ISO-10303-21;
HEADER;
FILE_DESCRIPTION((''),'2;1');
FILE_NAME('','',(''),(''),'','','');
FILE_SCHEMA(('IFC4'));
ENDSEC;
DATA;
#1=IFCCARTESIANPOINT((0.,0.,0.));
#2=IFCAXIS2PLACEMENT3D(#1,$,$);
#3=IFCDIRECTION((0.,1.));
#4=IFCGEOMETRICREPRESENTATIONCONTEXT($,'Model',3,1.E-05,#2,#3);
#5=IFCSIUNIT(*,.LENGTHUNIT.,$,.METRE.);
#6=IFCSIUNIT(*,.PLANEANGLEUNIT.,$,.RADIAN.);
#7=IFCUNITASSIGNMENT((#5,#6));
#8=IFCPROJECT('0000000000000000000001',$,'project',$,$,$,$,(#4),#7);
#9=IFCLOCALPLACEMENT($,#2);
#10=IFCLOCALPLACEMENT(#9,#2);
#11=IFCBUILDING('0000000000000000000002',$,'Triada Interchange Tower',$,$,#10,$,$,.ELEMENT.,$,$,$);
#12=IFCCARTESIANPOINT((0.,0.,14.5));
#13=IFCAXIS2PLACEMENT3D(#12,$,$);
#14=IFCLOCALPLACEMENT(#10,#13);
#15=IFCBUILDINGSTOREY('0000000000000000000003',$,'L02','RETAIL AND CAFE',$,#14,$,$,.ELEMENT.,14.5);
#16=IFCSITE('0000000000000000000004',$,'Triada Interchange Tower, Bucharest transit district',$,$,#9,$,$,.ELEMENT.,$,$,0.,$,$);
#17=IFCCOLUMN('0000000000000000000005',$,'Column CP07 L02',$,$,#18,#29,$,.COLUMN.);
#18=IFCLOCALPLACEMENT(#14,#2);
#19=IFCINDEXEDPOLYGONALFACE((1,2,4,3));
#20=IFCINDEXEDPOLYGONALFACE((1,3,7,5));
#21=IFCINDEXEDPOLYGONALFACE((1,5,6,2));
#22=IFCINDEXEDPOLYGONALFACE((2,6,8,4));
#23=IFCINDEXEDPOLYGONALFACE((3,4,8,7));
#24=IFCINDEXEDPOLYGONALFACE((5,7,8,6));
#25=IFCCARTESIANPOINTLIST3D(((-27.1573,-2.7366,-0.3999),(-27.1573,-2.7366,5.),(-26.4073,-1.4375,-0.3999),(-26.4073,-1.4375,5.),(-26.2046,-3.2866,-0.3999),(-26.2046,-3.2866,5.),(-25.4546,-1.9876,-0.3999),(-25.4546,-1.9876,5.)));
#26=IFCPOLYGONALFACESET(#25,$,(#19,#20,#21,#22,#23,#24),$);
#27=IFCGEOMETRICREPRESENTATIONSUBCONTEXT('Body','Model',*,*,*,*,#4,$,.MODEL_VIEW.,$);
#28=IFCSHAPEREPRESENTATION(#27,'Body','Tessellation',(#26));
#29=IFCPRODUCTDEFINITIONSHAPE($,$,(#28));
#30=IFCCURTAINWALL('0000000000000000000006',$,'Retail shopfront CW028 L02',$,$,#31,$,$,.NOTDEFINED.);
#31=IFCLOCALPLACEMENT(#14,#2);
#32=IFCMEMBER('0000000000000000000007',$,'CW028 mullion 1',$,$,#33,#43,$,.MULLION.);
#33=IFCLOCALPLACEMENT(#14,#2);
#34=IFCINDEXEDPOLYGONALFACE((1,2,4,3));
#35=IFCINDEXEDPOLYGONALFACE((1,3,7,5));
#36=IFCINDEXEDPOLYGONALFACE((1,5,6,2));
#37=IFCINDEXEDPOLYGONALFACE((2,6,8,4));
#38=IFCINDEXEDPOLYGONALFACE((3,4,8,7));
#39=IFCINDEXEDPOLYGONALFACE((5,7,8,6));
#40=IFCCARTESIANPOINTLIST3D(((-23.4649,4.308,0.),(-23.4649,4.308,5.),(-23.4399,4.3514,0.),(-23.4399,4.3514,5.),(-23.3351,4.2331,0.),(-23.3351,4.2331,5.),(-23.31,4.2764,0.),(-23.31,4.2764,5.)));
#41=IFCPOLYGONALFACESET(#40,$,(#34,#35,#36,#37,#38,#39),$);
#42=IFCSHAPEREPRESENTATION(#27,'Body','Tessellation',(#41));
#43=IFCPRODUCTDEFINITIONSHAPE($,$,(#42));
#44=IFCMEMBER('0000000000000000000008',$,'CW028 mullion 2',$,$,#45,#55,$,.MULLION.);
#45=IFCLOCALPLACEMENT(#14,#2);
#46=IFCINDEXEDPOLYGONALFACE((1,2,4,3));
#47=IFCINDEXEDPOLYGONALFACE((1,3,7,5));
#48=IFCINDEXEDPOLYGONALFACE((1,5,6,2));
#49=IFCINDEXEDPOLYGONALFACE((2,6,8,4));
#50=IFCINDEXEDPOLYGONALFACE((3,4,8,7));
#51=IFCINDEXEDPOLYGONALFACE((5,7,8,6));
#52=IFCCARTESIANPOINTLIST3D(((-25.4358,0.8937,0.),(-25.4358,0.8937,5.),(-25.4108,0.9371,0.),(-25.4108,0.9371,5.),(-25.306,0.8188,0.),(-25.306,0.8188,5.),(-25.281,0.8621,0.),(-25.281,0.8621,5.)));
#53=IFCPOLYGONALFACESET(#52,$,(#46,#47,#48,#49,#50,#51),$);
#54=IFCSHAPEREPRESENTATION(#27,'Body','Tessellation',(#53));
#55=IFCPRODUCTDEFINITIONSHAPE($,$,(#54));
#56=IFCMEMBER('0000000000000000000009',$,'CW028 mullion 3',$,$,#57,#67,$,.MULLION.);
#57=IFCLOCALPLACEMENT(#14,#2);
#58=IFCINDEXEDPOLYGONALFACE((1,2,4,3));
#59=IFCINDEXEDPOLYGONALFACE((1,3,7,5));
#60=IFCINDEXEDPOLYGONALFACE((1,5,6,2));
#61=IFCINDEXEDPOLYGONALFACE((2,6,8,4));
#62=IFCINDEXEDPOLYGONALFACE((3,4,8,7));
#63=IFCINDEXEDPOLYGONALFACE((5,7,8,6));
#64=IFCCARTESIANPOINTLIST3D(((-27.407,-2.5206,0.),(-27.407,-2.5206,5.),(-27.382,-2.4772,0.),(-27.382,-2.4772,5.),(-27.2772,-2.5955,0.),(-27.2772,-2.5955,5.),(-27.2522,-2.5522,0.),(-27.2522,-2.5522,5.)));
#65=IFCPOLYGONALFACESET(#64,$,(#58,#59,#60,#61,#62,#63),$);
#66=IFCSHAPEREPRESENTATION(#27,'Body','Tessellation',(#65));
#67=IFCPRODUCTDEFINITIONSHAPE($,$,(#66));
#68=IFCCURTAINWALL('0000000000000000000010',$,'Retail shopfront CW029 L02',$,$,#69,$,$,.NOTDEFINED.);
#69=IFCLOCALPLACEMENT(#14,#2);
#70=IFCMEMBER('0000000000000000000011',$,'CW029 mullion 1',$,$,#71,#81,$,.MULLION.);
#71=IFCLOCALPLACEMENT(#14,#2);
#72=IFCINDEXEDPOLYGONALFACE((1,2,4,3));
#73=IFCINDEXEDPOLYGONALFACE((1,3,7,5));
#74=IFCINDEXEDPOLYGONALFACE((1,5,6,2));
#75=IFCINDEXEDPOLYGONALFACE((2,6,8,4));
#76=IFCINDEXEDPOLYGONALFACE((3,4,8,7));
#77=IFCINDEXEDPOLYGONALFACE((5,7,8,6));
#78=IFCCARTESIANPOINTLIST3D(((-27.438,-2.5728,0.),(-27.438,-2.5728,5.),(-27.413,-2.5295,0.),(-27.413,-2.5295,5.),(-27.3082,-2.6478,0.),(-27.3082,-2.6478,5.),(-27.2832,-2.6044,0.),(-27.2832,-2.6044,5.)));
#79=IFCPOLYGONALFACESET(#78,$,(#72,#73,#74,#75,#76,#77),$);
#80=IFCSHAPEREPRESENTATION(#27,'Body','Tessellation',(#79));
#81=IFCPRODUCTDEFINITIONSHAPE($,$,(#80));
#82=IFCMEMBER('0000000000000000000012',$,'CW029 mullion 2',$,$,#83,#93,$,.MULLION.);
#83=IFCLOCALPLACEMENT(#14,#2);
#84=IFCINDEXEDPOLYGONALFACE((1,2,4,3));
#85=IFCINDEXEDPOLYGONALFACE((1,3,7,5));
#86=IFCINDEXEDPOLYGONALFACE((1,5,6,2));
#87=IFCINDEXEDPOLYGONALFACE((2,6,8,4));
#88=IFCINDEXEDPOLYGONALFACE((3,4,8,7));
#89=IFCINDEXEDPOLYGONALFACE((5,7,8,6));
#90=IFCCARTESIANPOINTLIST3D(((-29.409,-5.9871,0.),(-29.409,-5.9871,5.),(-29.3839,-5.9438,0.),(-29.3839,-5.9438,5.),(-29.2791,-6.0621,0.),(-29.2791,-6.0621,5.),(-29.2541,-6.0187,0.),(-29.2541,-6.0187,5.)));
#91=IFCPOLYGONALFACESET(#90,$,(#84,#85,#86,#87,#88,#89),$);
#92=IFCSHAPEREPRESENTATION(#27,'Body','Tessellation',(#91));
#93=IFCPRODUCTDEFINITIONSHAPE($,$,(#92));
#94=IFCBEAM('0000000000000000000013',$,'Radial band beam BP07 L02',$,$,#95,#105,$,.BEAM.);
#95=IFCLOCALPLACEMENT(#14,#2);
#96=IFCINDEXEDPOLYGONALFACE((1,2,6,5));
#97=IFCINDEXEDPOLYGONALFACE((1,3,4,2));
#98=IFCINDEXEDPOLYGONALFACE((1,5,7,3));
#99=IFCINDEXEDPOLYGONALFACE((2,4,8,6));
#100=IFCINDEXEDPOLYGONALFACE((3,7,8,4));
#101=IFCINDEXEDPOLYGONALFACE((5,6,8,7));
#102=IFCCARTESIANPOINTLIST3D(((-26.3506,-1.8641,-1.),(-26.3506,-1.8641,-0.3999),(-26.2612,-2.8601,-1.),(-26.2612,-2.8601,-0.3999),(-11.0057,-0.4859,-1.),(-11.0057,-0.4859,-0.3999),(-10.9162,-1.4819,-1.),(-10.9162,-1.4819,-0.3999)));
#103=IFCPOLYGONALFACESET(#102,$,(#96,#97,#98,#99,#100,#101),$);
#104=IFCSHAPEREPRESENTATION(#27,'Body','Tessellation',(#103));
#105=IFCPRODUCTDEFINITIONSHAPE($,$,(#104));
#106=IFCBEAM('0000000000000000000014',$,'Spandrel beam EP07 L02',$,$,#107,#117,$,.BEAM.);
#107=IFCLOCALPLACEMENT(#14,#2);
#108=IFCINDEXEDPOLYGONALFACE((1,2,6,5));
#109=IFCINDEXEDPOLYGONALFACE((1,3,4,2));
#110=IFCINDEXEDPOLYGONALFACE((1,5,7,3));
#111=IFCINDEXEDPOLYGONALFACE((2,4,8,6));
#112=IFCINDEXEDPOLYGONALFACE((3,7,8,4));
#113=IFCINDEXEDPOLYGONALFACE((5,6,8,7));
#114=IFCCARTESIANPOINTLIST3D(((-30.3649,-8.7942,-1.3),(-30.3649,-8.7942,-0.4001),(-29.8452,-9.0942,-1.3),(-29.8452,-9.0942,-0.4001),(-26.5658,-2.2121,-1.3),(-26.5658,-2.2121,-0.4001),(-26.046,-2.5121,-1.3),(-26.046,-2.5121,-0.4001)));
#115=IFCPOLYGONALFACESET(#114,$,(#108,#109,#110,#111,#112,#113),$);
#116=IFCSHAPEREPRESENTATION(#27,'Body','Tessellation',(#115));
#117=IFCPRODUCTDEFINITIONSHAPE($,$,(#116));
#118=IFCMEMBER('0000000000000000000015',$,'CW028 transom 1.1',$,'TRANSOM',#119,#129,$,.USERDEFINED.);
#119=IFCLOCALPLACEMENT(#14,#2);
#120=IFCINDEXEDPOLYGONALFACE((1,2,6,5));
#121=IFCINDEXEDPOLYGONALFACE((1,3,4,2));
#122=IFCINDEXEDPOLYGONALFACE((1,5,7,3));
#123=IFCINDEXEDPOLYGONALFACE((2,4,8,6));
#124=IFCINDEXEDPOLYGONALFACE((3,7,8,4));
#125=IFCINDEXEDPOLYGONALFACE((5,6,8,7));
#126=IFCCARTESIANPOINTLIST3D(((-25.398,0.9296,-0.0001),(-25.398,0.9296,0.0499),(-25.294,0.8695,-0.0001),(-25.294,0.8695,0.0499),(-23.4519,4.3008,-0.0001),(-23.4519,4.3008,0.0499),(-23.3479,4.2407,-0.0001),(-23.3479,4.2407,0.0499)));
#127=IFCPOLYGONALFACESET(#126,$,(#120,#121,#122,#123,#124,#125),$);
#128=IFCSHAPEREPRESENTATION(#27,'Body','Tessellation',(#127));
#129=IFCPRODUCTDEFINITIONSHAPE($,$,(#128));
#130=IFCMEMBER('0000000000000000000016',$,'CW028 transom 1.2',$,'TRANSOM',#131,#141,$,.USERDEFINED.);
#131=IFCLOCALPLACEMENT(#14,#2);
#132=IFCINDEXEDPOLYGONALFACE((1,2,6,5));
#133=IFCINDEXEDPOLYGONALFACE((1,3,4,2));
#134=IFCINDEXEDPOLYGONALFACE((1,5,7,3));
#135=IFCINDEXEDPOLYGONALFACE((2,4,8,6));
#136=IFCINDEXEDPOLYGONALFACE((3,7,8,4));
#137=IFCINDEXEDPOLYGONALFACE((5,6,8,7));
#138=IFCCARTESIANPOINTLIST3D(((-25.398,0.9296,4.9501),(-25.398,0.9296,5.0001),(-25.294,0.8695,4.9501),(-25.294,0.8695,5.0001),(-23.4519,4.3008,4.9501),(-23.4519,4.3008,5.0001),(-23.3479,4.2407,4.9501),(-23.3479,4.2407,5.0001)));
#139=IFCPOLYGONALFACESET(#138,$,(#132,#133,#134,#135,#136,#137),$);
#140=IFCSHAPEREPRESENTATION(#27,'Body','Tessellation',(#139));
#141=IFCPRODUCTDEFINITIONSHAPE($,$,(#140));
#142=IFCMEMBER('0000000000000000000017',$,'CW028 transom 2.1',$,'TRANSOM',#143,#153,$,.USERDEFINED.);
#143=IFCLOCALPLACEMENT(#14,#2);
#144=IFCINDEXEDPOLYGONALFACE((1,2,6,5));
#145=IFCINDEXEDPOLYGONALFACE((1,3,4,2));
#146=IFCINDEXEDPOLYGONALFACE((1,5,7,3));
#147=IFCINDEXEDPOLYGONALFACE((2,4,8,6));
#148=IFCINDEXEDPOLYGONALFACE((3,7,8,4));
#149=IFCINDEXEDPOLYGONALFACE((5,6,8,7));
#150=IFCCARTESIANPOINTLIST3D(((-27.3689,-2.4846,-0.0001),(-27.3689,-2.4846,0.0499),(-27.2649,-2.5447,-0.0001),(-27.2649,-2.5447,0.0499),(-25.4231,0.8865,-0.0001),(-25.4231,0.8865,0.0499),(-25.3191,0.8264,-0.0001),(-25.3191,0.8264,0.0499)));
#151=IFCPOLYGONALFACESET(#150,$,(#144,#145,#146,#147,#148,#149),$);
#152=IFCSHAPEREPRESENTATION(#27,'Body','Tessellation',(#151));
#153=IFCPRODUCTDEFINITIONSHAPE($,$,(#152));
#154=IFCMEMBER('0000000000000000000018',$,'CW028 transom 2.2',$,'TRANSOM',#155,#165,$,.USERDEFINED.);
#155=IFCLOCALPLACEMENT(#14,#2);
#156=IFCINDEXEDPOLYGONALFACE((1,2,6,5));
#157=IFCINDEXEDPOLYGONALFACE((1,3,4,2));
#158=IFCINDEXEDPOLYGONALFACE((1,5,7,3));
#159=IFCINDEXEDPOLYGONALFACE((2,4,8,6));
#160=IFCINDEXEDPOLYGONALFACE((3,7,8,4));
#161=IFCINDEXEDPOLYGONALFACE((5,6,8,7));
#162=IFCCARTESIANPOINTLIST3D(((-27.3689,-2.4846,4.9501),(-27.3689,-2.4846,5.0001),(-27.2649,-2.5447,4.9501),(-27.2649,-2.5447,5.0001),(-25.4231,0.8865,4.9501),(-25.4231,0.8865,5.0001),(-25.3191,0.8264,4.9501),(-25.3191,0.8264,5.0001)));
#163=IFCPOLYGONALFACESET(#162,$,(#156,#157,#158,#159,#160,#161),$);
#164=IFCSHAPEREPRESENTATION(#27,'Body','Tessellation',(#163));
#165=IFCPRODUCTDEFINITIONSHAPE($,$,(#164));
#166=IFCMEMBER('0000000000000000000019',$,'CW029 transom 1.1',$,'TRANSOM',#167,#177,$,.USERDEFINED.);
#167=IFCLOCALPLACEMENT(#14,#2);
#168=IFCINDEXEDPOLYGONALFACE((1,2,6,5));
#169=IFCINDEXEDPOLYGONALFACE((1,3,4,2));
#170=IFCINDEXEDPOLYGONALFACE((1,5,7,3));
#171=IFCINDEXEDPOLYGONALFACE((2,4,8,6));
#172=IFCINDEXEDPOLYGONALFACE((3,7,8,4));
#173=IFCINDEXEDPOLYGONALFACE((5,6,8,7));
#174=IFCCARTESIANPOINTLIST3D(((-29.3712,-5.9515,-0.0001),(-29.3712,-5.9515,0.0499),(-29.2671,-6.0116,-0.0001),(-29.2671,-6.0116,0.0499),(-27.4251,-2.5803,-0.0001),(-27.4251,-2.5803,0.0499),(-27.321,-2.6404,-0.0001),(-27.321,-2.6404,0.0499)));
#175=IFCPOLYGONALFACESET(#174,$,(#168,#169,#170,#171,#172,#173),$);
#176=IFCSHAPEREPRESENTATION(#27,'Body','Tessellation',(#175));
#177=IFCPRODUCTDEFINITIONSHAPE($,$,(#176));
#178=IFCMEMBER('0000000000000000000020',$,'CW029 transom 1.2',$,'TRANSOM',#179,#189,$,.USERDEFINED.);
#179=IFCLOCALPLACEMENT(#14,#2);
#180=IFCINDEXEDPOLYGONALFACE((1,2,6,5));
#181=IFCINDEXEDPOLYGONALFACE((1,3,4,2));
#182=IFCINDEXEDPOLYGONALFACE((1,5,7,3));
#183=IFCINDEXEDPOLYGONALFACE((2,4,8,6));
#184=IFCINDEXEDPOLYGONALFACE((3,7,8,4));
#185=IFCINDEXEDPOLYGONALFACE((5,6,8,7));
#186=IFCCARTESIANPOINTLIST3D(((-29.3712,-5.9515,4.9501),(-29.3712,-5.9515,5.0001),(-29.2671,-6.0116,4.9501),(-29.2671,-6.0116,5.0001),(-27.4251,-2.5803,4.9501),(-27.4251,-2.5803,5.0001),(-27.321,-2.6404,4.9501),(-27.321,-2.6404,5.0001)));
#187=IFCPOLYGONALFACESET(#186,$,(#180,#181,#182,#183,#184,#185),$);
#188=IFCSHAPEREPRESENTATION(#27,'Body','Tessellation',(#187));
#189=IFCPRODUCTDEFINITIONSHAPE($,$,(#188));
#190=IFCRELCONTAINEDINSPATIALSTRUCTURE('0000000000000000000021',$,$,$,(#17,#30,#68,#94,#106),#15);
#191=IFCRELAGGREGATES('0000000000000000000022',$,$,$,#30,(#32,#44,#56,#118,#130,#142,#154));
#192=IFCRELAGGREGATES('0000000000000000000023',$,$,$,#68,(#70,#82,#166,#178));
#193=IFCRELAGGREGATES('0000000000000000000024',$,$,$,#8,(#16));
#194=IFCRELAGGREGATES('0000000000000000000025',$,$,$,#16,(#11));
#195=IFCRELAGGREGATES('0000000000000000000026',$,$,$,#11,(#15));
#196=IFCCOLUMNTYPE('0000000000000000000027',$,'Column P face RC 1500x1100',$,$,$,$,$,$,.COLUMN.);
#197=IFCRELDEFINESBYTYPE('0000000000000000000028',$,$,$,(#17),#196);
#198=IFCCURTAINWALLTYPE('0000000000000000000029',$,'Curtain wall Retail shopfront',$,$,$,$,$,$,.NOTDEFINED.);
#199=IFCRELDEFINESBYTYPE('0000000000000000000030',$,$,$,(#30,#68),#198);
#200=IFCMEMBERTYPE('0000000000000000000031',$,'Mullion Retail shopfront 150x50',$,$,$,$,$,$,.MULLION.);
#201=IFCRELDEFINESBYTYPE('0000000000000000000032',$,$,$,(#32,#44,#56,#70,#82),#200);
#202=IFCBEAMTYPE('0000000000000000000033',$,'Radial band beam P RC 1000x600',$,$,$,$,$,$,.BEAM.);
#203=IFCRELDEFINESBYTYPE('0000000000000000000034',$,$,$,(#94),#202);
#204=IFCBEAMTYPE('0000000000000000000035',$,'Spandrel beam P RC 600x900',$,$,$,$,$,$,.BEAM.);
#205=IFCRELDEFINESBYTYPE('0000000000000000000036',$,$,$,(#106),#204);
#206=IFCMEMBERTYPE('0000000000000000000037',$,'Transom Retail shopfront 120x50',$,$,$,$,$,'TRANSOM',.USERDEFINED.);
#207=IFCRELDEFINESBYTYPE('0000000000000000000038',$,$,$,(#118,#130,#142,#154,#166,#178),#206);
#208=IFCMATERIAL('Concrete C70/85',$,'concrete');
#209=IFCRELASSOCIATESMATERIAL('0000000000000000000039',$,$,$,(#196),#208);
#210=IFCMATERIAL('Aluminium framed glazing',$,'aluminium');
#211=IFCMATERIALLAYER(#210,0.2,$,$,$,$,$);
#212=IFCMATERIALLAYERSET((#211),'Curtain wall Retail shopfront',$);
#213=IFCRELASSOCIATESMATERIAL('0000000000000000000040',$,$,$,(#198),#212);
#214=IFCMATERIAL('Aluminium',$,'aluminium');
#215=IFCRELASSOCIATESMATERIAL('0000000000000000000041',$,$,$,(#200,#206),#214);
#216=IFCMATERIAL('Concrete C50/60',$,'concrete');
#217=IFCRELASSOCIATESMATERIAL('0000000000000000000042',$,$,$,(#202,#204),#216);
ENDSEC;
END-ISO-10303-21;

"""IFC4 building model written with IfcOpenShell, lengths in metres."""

from ifc_helpers import new_model, si_unit, direction, frame, origin, origin_2d, place, context, subcontext, project, spatial, rectangle, extrude, material, layer, layer_set, material_profile, profile_set, type_object, element, aggregate, save


model = new_model("IFC4")

# Units and contexts
model_context = context("Model", 3, precision=1e-05, world=origin(), true_north=direction((0.0, 1.0)))
body_context = subcontext(model_context, "Body", "Model", "MODEL_VIEW")
ifc_project = project(units=[si_unit("LENGTHUNIT", "METRE"), si_unit("PLANEANGLEUNIT", "RADIAN")], contexts=[model_context])

# Site, building, storey
site_placement = place(None, origin())
site = spatial("IfcSite", under=ifc_project, at=site_placement, Name="Triada Interchange Tower, Bucharest transit district", CompositionType="ELEMENT", RefElevation=0.0)
building_placement = place(site_placement, origin())
building = spatial("IfcBuilding", under=site, at=building_placement, Name="Triada Interchange Tower", CompositionType="ELEMENT")
storey_placement = place(building_placement, frame((0.0, 0.0, 14.5)))
storey = spatial("IfcBuildingStorey", under=building, at=storey_placement, Name="L02", Description="RETAIL AND CAFE", CompositionType="ELEMENT", Elevation=14.5)

# Column
ifc_material_1 = material(Name="Concrete C70/85", Category="concrete")
ifc_material_profile_1 = material_profile(ifc_material_1, rectangle(XDim=1.5, YDim=1.1001, at=origin_2d()), Name="RC 1500x1100")
ifc_profile_set_1 = profile_set([ifc_material_profile_1], Name="Concrete C70/85")
column_type = type_object("IfcColumnType", Name="Column P face RC 1500x1100", PredefinedType="COLUMN", material=ifc_profile_set_1)
column_placement = place(storey_placement, frame((-26.3059, -2.3621, -0.3999), z_axis=(0.0, 0.0, 1.0), x_axis=(0.5, 0.866025, 0.0)))
element("IfcColumn", 1, at=column_placement, inside=storey, type_object=column_type, Name="Column CP07 L02", PredefinedType="COLUMN", context=body_context, shape_type="SweptSolid", body=[
    extrude(rectangle(XDim=1.5, YDim=1.1001, at=origin_2d()), origin(), (0.0, 0.0, 1.0), 5.3999),
])

# Curtain walls, members
ifc_material_2 = material(Name="Aluminium framed glazing", Category="aluminium")
ifc_layer_1 = layer(ifc_material_2, 0.2)
ifc_layer_set_1 = layer_set([ifc_layer_1], Name="Curtain wall Retail shopfront")
curtain_wall_type = type_object("IfcCurtainWallType", Name="Curtain wall Retail shopfront", PredefinedType="NOTDEFINED", material=ifc_layer_set_1)
curtain_wall_1_placement = place(storey_placement, origin())
curtain_wall_1 = element("IfcCurtainWall", 2, at=curtain_wall_1_placement, inside=storey, type_object=curtain_wall_type, Name="Retail shopfront CW028 L02", PredefinedType="NOTDEFINED")
ifc_material_3 = material(Name="Aluminium", Category="aluminium")
ifc_material_profile_2 = material_profile(ifc_material_3, rectangle(XDim=0.1499, YDim=0.05, at=origin_2d()), Name="Aluminium mullion")
ifc_profile_set_2 = profile_set([ifc_material_profile_2], Name="Aluminium")
member_type_1 = type_object("IfcMemberType", Name="Mullion Retail shopfront 150x50", PredefinedType="MULLION", material=ifc_profile_set_2)
member_1_placement = place(storey_placement, frame((-23.3875, 4.2922, 0.0), z_axis=(0.0, 0.0, 1.0), x_axis=(0.866055, -0.499948, 0.0)))
member_1 = element("IfcMember", 3, at=member_1_placement, type_object=member_type_1, Name="CW028 mullion 1", PredefinedType="MULLION", context=body_context, shape_type="SweptSolid", body=[
    extrude(rectangle(XDim=0.1499, YDim=0.05, at=origin_2d()), origin(), (0.0, 0.0, 1.0), 5.0),
])
member_2_placement = place(storey_placement, frame((-25.3584, 0.8779, 0.0), z_axis=(0.0, 0.0, 1.0), x_axis=(0.866055, -0.499948, 0.0)))
member_2 = element("IfcMember", 4, at=member_2_placement, type_object=member_type_1, Name="CW028 mullion 2", PredefinedType="MULLION", context=body_context, shape_type="SweptSolid", body=[
    extrude(rectangle(XDim=0.1499, YDim=0.05, at=origin_2d()), origin(), (0.0, 0.0, 1.0), 5.0),
])
member_3_placement = place(storey_placement, frame((-27.3296, -2.5364, 0.0), z_axis=(0.0, 0.0, 1.0), x_axis=(0.866055, -0.499948, 0.0)))
member_3 = element("IfcMember", 5, at=member_3_placement, type_object=member_type_1, Name="CW028 mullion 3", PredefinedType="MULLION", context=body_context, shape_type="SweptSolid", body=[
    extrude(rectangle(XDim=0.1499, YDim=0.05, at=origin_2d()), origin(), (0.0, 0.0, 1.0), 5.0),
])
curtain_wall_2_placement = place(storey_placement, origin())
curtain_wall_2 = element("IfcCurtainWall", 6, at=curtain_wall_2_placement, inside=storey, type_object=curtain_wall_type, Name="Retail shopfront CW029 L02", PredefinedType="NOTDEFINED")
member_4_placement = place(storey_placement, frame((-27.3606, -2.5886, 0.0), z_axis=(0.0, 0.0, 1.0), x_axis=(0.866055, -0.499948, 0.0)))
member_4 = element("IfcMember", 7, at=member_4_placement, type_object=member_type_1, Name="CW029 mullion 1", PredefinedType="MULLION", context=body_context, shape_type="SweptSolid", body=[
    extrude(rectangle(XDim=0.1499, YDim=0.05, at=origin_2d()), origin(), (0.0, 0.0, 1.0), 5.0),
])
member_5_placement = place(storey_placement, frame((-29.3315, -6.0029, 0.0), z_axis=(0.0, 0.0, 1.0), x_axis=(0.866055, -0.499948, 0.0)))
member_5 = element("IfcMember", 8, at=member_5_placement, type_object=member_type_1, Name="CW029 mullion 2", PredefinedType="MULLION", context=body_context, shape_type="SweptSolid", body=[
    extrude(rectangle(XDim=0.1499, YDim=0.05, at=origin_2d()), origin(), (0.0, 0.0, 1.0), 5.0),
])

# Beams
ifc_material_4 = material(Name="Concrete C50/60", Category="concrete")
ifc_material_profile_3 = material_profile(ifc_material_4, rectangle(XDim=1.0, YDim=0.6001, at=origin_2d()), Name="RC 1000x600")
ifc_profile_set_3 = profile_set([ifc_material_profile_3], Name="Concrete C50/60")
beam_type_1 = type_object("IfcBeamType", Name="Radial band beam P RC 1000x600", PredefinedType="BEAM", material=ifc_profile_set_3)
beam_1_placement = place(storey_placement, frame((-26.3059, -2.3621, -0.7), z_axis=(0.995991, 0.089453, 0.0), x_axis=(-0.089453, 0.995991, 0.0)))
element("IfcBeam", 9, at=beam_1_placement, inside=storey, type_object=beam_type_1, Name="Radial band beam BP07 L02", PredefinedType="BEAM", context=body_context, shape_type="SweptSolid", body=[
    extrude(rectangle(XDim=1.0, YDim=0.6001, at=origin_2d()), origin(), (0.0, 0.0, 1.0), 15.4067),
])
ifc_material_profile_4 = material_profile(ifc_material_4, rectangle(XDim=0.6001, YDim=0.8999, at=origin_2d()), Name="RC 600x900")
ifc_profile_set_4 = profile_set([ifc_material_profile_4], Name="Concrete C50/60")
beam_type_2 = type_object("IfcBeamType", Name="Spandrel beam P RC 600x900", PredefinedType="BEAM", material=ifc_profile_set_4)
beam_2_placement = place(storey_placement, frame((-26.3059, -2.3621, -0.8501), z_axis=(-0.499895, -0.866086, 0.0), x_axis=(0.866086, -0.499895, 0.0)))
element("IfcBeam", 10, at=beam_2_placement, inside=storey, type_object=beam_type_2, Name="Spandrel beam EP07 L02", PredefinedType="BEAM", context=body_context, shape_type="SweptSolid", body=[
    extrude(rectangle(XDim=0.6001, YDim=0.8999, at=origin_2d()), origin(), (0.0, 0.0, 1.0), 7.5999),
])

# Members
ifc_material_profile_5 = material_profile(ifc_material_3, rectangle(XDim=0.1201, YDim=0.05, at=origin_2d()), Name="Aluminium transom")
ifc_profile_set_5 = profile_set([ifc_material_profile_5], Name="Aluminium")
member_type_2 = type_object("IfcMemberType", Name="Transom Retail shopfront 120x50", ElementType="TRANSOM", PredefinedType="USERDEFINED", material=ifc_profile_set_5)
member_6_placement = place(storey_placement, frame((-23.3999, 4.2708, 0.0249), z_axis=(-0.49995, -0.866054, 0.0), x_axis=(0.866054, -0.49995, 0.0)))
member_6 = element("IfcMember", 11, at=member_6_placement, type_object=member_type_2, Name="CW028 transom 1.1", ObjectType="TRANSOM", PredefinedType="USERDEFINED", context=body_context, shape_type="SweptSolid", body=[
    extrude(rectangle(XDim=0.1201, YDim=0.05, at=origin_2d()), origin(), (0.0, 0.0, 1.0), 3.8926),
])
member_7_placement = place(storey_placement, frame((-23.3999, 4.2708, 4.9751), z_axis=(-0.49995, -0.866054, 0.0), x_axis=(0.866054, -0.49995, 0.0)))
member_7 = element("IfcMember", 12, at=member_7_placement, type_object=member_type_2, Name="CW028 transom 1.2", ObjectType="TRANSOM", PredefinedType="USERDEFINED", context=body_context, shape_type="SweptSolid", body=[
    extrude(rectangle(XDim=0.1201, YDim=0.05, at=origin_2d()), origin(), (0.0, 0.0, 1.0), 3.8926),
])
member_8_placement = place(storey_placement, frame((-25.3711, 0.8564, 0.0249), z_axis=(-0.499903, -0.866081, 0.0), x_axis=(0.866081, -0.499903, 0.0)))
member_8 = element("IfcMember", 13, at=member_8_placement, type_object=member_type_2, Name="CW028 transom 2.1", ObjectType="TRANSOM", PredefinedType="USERDEFINED", context=body_context, shape_type="SweptSolid", body=[
    extrude(rectangle(XDim=0.1201, YDim=0.05, at=origin_2d()), origin(), (0.0, 0.0, 1.0), 3.8923),
])
member_9_placement = place(storey_placement, frame((-25.3711, 0.8564, 4.9751), z_axis=(-0.499903, -0.866081, 0.0), x_axis=(0.866081, -0.499903, 0.0)))
member_9 = element("IfcMember", 14, at=member_9_placement, type_object=member_type_2, Name="CW028 transom 2.2", ObjectType="TRANSOM", PredefinedType="USERDEFINED", context=body_context, shape_type="SweptSolid", body=[
    extrude(rectangle(XDim=0.1201, YDim=0.05, at=origin_2d()), origin(), (0.0, 0.0, 1.0), 3.8923),
])
member_10_placement = place(storey_placement, frame((-27.373, -2.6104, 0.0249), z_axis=(-0.49995, -0.866054, 0.0), x_axis=(0.866054, -0.49995, 0.0)))
member_10 = element("IfcMember", 15, at=member_10_placement, type_object=member_type_2, Name="CW029 transom 1.1", ObjectType="TRANSOM", PredefinedType="USERDEFINED", context=body_context, shape_type="SweptSolid", body=[
    extrude(rectangle(XDim=0.1201, YDim=0.05, at=origin_2d()), origin(), (0.0, 0.0, 1.0), 3.8926),
])
member_11_placement = place(storey_placement, frame((-27.373, -2.6104, 4.9751), z_axis=(-0.49995, -0.866054, 0.0), x_axis=(0.866054, -0.49995, 0.0)))
member_11 = element("IfcMember", 16, at=member_11_placement, type_object=member_type_2, Name="CW029 transom 1.2", ObjectType="TRANSOM", PredefinedType="USERDEFINED", context=body_context, shape_type="SweptSolid", body=[
    extrude(rectangle(XDim=0.1201, YDim=0.05, at=origin_2d()), origin(), (0.0, 0.0, 1.0), 3.8926),
])

aggregate(curtain_wall_1, [member_1, member_2, member_3, member_6, member_7, member_8, member_9])
aggregate(curtain_wall_2, [member_4, member_5, member_10, member_11])

save(model, "model.ifc")
